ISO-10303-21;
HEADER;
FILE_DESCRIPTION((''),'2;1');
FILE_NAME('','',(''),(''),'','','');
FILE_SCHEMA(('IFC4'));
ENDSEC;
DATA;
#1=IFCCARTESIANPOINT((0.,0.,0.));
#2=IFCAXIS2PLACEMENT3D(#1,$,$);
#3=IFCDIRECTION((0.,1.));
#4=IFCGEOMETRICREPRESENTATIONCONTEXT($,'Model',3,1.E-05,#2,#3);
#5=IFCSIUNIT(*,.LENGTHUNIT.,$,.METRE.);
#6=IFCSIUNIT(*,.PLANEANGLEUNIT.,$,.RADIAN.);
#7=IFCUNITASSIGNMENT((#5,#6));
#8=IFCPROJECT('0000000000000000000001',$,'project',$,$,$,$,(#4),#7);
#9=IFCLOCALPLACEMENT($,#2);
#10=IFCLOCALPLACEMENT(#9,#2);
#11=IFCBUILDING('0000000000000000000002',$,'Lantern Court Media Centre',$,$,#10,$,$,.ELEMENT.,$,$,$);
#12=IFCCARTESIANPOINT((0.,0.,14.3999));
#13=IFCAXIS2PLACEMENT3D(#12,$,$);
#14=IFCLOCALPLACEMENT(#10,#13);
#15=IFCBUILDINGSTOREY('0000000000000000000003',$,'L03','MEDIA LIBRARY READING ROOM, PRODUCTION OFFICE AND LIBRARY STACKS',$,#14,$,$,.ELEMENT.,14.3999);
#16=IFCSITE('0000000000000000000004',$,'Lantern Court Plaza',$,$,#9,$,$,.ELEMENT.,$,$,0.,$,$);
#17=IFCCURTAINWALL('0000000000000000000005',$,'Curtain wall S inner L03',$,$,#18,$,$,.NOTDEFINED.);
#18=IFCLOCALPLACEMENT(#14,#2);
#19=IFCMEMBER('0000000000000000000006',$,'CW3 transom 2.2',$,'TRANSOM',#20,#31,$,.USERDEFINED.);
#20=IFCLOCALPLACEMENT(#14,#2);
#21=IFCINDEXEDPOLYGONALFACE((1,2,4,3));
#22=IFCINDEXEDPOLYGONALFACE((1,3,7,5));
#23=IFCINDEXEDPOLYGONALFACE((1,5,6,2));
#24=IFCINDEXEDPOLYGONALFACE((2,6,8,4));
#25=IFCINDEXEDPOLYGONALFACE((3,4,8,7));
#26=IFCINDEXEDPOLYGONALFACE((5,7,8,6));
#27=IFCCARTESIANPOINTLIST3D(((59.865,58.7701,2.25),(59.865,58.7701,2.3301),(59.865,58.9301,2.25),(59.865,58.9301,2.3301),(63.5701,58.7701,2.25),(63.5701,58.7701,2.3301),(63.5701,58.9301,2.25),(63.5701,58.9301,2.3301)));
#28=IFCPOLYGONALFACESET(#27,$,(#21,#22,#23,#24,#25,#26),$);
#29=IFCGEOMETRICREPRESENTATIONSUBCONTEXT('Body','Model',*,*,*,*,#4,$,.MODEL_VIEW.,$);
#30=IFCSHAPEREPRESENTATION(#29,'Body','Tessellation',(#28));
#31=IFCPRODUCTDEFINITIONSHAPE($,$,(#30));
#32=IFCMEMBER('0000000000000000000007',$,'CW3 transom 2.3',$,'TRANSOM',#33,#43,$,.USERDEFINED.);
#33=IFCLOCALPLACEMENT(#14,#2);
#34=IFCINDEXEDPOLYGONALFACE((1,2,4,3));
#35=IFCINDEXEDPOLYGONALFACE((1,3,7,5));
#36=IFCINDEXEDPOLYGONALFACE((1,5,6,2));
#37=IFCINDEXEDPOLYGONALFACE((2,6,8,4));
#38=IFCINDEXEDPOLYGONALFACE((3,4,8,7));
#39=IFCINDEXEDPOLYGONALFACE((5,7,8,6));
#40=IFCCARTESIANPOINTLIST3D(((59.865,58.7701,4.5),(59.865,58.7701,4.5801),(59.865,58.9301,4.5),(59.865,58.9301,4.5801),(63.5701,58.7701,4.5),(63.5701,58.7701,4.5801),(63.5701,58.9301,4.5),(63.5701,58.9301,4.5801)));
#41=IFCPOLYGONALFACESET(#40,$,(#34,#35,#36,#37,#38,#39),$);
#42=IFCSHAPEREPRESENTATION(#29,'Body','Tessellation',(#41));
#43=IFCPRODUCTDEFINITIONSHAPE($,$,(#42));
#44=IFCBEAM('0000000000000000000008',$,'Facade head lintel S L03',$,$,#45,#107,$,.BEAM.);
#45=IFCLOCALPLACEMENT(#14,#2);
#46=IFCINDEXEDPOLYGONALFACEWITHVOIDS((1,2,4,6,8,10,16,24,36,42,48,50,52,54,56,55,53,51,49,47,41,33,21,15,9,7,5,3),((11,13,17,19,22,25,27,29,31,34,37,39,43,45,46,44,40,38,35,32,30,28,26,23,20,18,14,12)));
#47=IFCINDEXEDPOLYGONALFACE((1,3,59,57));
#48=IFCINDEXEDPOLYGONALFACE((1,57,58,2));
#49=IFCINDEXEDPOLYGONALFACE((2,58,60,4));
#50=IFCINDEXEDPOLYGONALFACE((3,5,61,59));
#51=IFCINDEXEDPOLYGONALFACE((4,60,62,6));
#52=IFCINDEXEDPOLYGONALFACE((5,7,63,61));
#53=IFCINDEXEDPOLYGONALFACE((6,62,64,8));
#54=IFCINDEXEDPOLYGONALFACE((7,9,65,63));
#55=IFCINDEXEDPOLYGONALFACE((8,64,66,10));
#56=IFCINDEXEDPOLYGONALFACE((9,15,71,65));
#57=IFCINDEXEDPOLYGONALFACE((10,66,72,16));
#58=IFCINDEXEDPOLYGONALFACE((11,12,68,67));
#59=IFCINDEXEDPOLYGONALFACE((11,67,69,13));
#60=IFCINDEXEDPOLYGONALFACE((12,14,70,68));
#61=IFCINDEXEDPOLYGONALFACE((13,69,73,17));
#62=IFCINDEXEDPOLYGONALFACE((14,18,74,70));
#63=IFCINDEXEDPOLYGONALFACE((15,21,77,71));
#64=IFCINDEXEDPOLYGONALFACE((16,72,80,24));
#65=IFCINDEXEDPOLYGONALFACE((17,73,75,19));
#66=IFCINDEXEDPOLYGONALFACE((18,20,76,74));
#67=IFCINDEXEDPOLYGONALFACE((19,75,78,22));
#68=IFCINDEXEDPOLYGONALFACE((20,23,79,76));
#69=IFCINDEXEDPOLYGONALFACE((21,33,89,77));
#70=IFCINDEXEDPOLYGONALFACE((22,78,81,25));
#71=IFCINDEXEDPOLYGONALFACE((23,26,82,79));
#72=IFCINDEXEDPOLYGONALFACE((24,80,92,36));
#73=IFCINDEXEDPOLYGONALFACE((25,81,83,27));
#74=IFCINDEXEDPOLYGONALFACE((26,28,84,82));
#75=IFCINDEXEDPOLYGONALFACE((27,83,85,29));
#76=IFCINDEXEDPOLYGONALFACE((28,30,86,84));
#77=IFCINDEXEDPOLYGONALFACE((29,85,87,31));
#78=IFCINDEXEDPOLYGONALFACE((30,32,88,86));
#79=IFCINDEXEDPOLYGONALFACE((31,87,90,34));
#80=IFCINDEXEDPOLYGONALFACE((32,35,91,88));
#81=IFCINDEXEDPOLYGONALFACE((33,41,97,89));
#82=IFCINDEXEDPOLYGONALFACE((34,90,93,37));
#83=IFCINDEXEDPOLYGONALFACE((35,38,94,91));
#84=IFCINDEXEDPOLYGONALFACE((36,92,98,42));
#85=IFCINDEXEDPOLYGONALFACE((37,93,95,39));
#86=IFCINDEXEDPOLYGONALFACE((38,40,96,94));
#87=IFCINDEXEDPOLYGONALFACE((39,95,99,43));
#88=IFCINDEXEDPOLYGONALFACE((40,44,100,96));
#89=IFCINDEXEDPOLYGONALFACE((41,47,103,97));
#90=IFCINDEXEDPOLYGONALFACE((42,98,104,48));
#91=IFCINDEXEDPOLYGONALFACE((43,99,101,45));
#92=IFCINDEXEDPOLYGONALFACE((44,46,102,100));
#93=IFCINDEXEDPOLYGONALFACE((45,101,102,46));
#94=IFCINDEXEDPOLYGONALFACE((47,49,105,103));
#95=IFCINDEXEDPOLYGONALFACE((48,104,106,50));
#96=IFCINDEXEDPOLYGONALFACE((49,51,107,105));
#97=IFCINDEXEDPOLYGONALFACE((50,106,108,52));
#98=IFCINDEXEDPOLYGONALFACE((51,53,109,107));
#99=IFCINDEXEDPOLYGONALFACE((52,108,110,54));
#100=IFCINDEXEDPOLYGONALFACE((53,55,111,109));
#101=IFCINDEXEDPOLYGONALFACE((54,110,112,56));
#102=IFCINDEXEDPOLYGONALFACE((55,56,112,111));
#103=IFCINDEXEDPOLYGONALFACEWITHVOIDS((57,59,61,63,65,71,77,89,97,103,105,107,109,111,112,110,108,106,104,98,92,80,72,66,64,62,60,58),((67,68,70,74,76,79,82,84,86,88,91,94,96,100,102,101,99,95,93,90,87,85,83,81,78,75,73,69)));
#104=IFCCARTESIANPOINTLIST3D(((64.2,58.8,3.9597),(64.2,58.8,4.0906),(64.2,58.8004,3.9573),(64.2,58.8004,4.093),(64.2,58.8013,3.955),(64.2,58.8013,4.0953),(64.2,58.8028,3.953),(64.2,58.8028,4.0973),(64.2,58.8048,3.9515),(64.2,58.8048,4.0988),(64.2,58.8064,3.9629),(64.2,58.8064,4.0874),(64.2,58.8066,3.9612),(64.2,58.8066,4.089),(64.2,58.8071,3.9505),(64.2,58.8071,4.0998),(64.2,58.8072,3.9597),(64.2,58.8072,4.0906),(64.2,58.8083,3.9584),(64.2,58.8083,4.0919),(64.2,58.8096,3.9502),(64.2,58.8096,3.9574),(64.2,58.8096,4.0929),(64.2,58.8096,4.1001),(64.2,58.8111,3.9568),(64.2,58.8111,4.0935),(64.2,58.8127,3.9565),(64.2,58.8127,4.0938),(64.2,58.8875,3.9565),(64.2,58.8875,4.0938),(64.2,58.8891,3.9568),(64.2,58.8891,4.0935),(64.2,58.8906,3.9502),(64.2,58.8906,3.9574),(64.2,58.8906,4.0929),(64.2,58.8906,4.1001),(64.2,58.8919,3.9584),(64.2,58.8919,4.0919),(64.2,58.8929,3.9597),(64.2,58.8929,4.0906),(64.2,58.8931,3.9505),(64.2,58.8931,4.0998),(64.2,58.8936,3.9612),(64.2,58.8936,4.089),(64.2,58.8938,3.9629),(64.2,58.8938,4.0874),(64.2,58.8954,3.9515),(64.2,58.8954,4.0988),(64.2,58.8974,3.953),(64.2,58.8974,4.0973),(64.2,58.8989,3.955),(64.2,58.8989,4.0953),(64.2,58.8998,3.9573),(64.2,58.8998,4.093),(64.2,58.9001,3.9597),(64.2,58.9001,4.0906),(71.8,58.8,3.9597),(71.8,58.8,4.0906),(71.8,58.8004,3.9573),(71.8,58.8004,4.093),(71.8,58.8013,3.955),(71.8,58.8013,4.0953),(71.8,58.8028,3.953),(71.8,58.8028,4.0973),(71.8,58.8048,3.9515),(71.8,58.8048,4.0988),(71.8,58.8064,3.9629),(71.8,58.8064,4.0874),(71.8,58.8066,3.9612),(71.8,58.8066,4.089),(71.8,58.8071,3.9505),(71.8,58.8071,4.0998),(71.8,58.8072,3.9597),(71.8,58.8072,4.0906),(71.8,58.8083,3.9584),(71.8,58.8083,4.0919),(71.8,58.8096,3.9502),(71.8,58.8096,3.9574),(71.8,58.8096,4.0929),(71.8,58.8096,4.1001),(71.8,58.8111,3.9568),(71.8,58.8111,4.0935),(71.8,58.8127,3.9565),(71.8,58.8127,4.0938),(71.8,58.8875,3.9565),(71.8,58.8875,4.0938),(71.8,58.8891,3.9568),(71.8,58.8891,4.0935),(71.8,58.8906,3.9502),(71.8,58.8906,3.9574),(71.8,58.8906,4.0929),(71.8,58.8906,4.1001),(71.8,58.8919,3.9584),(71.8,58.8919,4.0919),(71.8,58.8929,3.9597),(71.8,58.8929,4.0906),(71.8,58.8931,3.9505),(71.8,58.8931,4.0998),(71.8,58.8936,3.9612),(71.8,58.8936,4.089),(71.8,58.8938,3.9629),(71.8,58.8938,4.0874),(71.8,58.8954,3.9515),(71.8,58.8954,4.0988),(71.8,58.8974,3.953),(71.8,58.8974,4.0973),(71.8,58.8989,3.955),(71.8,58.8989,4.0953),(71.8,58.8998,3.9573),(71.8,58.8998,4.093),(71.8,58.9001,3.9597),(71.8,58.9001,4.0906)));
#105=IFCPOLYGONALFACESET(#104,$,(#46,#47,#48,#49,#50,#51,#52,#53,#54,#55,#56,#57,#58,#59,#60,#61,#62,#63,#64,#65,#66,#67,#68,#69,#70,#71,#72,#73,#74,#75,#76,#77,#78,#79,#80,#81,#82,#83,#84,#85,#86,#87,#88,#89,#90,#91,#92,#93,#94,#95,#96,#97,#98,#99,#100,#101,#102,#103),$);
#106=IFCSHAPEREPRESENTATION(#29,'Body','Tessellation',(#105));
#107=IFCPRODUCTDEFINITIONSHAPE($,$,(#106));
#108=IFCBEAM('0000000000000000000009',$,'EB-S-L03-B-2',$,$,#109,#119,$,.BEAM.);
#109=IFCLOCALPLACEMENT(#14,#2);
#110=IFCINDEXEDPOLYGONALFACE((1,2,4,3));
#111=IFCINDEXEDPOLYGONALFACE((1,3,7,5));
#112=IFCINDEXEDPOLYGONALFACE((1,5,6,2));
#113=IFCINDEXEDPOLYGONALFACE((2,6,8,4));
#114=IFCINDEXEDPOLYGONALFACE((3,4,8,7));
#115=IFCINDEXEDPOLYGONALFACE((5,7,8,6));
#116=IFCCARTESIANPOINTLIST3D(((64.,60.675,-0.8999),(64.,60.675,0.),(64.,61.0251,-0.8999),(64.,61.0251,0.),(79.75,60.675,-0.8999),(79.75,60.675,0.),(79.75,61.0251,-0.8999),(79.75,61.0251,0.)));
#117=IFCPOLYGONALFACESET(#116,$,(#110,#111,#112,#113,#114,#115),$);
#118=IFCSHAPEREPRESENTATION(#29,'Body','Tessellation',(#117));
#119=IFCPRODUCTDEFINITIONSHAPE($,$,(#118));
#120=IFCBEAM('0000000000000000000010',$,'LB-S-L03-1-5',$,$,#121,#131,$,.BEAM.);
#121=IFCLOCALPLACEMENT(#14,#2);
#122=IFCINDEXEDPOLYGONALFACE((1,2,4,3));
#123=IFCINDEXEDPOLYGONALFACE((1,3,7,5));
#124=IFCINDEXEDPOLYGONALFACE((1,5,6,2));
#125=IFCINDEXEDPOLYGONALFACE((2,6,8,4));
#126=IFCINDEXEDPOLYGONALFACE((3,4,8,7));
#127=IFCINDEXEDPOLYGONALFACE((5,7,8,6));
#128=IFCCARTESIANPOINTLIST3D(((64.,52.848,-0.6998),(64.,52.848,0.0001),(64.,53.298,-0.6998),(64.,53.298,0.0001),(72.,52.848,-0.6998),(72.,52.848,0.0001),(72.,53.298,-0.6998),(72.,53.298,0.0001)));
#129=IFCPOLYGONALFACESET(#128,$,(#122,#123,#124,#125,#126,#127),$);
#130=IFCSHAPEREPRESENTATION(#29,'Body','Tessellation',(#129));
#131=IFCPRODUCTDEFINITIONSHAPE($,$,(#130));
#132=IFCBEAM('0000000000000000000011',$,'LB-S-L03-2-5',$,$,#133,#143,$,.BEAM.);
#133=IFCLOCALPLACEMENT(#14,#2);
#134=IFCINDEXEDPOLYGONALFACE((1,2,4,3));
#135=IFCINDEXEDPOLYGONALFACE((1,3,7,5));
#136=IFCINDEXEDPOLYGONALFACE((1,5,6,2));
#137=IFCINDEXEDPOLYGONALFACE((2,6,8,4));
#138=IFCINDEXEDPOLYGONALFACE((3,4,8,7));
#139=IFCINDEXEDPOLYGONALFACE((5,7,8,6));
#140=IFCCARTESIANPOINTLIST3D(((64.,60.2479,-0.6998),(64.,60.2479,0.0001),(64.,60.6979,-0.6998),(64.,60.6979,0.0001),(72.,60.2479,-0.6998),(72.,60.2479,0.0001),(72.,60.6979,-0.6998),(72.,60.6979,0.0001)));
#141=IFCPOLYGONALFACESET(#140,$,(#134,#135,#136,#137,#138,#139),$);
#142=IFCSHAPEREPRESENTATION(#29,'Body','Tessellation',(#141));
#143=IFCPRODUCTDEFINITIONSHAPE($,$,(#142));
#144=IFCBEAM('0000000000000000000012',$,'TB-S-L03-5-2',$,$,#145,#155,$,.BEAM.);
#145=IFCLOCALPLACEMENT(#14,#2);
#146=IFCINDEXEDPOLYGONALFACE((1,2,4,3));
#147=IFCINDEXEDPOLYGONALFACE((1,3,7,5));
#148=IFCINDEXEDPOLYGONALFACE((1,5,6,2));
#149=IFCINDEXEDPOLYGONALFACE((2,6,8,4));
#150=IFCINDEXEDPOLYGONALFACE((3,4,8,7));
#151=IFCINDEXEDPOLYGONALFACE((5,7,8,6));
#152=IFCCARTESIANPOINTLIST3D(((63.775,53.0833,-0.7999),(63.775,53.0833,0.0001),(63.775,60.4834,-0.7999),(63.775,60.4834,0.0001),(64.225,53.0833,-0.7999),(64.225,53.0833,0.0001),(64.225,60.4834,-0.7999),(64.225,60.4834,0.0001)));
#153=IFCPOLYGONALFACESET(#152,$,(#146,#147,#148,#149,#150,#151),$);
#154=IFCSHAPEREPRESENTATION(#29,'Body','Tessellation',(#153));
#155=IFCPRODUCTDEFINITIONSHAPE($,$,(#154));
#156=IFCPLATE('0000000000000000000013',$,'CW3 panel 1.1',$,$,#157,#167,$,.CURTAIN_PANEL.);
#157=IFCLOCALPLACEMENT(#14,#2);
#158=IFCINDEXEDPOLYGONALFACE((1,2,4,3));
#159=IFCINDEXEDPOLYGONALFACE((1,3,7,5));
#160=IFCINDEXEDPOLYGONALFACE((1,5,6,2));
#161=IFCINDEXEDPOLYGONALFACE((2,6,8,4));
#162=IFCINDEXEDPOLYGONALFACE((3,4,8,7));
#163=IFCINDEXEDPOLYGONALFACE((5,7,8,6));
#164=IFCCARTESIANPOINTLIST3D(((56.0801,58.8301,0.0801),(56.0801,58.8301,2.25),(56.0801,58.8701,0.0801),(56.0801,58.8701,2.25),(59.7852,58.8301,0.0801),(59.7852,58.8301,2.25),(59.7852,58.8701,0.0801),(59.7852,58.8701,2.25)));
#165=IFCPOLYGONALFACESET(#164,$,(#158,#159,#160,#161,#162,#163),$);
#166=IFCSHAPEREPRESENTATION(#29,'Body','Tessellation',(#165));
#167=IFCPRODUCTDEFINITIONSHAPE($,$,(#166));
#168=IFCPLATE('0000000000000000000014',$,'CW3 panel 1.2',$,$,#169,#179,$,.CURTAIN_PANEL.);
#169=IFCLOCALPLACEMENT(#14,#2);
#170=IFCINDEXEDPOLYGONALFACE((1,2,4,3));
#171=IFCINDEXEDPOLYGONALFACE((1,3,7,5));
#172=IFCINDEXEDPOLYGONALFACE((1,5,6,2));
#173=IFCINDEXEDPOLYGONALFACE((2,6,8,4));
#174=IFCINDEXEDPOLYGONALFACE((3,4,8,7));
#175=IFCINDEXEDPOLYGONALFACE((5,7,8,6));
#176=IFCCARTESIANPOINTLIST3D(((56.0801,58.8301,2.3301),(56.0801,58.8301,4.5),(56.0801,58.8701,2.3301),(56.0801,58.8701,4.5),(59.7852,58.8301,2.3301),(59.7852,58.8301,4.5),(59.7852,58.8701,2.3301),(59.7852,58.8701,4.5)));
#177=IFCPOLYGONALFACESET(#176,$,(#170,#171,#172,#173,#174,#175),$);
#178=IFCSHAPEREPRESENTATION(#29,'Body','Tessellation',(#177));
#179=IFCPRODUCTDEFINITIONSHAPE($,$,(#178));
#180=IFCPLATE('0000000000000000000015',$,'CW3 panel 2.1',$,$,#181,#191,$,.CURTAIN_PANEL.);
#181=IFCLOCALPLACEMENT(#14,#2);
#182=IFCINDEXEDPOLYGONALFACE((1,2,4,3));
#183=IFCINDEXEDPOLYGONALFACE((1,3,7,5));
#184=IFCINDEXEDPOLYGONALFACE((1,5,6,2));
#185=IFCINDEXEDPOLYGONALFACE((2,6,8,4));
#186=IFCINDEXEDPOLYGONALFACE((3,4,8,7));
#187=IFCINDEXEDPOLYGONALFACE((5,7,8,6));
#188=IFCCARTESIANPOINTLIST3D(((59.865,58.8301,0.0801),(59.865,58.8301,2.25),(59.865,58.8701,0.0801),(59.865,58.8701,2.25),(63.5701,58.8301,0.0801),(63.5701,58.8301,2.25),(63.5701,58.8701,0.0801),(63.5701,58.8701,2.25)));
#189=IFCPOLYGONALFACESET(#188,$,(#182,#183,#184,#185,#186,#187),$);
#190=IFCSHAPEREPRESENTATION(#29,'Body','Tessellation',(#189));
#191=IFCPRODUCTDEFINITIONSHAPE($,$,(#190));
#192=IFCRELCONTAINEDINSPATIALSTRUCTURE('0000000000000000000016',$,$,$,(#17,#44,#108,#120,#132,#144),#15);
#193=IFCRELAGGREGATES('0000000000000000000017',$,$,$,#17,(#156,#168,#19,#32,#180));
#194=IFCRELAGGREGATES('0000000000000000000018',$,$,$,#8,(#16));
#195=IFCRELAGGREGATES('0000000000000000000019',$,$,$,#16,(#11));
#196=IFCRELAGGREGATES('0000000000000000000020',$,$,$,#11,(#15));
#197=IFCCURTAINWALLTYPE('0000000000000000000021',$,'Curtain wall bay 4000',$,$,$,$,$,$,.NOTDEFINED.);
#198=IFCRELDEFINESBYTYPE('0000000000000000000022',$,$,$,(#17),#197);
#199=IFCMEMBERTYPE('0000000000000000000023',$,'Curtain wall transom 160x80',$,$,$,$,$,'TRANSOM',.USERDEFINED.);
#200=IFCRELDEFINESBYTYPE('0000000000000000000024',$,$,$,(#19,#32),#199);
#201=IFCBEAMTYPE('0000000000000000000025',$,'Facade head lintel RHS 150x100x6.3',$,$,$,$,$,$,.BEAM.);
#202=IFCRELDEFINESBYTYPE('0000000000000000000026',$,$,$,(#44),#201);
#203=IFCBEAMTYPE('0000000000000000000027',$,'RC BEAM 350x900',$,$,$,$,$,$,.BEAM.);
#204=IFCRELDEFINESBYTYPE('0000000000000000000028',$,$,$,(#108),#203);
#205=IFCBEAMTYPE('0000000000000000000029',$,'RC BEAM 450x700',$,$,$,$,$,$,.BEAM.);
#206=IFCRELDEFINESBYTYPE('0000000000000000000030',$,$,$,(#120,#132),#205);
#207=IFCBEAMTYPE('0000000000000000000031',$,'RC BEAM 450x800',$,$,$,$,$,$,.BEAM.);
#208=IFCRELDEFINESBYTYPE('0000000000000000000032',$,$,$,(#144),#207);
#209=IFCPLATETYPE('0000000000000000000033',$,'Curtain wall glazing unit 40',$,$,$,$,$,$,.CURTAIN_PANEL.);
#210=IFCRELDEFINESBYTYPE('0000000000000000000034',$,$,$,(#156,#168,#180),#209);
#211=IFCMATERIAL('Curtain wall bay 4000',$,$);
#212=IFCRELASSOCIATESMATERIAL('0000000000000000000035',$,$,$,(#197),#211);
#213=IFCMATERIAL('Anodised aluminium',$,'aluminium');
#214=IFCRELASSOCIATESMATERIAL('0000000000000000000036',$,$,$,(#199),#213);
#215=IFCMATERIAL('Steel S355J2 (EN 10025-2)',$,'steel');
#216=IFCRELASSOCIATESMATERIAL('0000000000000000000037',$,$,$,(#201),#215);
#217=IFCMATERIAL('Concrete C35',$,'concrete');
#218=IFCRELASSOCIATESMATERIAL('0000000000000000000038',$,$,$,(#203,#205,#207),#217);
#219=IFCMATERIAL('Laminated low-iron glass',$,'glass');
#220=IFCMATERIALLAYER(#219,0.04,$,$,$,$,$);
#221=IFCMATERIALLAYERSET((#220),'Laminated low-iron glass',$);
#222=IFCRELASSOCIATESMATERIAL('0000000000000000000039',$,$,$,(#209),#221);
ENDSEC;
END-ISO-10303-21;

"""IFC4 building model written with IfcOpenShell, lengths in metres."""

from ifc_helpers import new_model, si_unit, direction, frame, origin, origin_2d, place, context, subcontext, project, spatial, rectangle, hollow_rectangle, extrude, material, layer, layer_set, material_profile, profile_set, type_object, element, aggregate, save


model = new_model("IFC4")

# Units and contexts
model_context = context("Model", 3, precision=1e-05, world=origin(), true_north=direction((0.0, 1.0)))
body_context = subcontext(model_context, "Body", "Model", "MODEL_VIEW")
ifc_project = project(units=[si_unit("LENGTHUNIT", "METRE"), si_unit("PLANEANGLEUNIT", "RADIAN")], contexts=[model_context])

# Site, building, storey
site_placement = place(None, origin())
site = spatial("IfcSite", under=ifc_project, at=site_placement, Name="Lantern Court Plaza", CompositionType="ELEMENT", RefElevation=0.0)
building_placement = place(site_placement, origin())
building = spatial("IfcBuilding", under=site, at=building_placement, Name="Lantern Court Media Centre", CompositionType="ELEMENT")
storey_placement = place(building_placement, frame((0.0, 0.0, 14.3999)))
storey = spatial("IfcBuildingStorey", under=building, at=storey_placement, Name="L03", Description="MEDIA LIBRARY READING ROOM, PRODUCTION OFFICE AND LIBRARY STACKS", CompositionType="ELEMENT", Elevation=14.3999)

# Shared definitions
ifc_material_1 = material(Name="Concrete C35", Category="concrete")

# Shared definitions
ifc_material_2 = material(Name="Anodised aluminium", Category="aluminium")

# Curtain wall
ifc_material_3 = material(Name="Curtain wall bay 4000")
curtain_wall_type_1 = type_object("IfcCurtainWallType", Name="Curtain wall bay 4000", PredefinedType="NOTDEFINED", material=ifc_material_3)
curtain_wall_1_placement = place(storey_placement, origin())
curtain_wall_1 = element("IfcCurtainWall", 1, at=curtain_wall_1_placement, inside=storey, type_object=curtain_wall_type_1, Name="Curtain wall S inner L03", PredefinedType="NOTDEFINED")

# Members
ifc_material_profile_1 = material_profile(ifc_material_2, rectangle(XDim=0.1599, YDim=0.0801, at=origin_2d()), Name="AL 80x160")
ifc_profile_set_1 = profile_set([ifc_material_profile_1], Name="Anodised aluminium")
member_type_1 = type_object("IfcMemberType", Name="Curtain wall transom 160x80", ElementType="TRANSOM", PredefinedType="USERDEFINED", material=ifc_profile_set_1)
member_1_placement = place(storey_placement, frame((59.865, 58.8501, 2.29), z_axis=(1.0, 0.0, 0.0), x_axis=(0.0, 1.0, 0.0)))
member_1 = element("IfcMember", 2, at=member_1_placement, type_object=member_type_1, Name="CW3 transom 2.2", ObjectType="TRANSOM", PredefinedType="USERDEFINED", context=body_context, shape_type="SweptSolid", body=[
    extrude(rectangle(XDim=0.1599, YDim=0.0801, at=origin_2d()), origin(), (0.0, 0.0, 1.0), 3.7051),
])
member_2_placement = place(storey_placement, frame((59.865, 58.8501, 4.54), z_axis=(1.0, 0.0, 0.0), x_axis=(0.0, 1.0, 0.0)))
member_2 = element("IfcMember", 3, at=member_2_placement, type_object=member_type_1, Name="CW3 transom 2.3", ObjectType="TRANSOM", PredefinedType="USERDEFINED", context=body_context, shape_type="SweptSolid", body=[
    extrude(rectangle(XDim=0.1599, YDim=0.0801, at=origin_2d()), origin(), (0.0, 0.0, 1.0), 3.7051),
])

# Beams
ifc_material_4 = material(Name="Steel S355J2 (EN 10025-2)", Category="steel")
ifc_material_profile_2 = material_profile(ifc_material_4, hollow_rectangle(XDim=0.1001, YDim=0.1499, WallThickness=0.0063, InnerFilletRadius=0.0063, OuterFilletRadius=0.0095, at=origin_2d()), Name="Facade head lintel RHS 150x100x6.3")
ifc_profile_set_2 = profile_set([ifc_material_profile_2], Name="Steel S355J2 (EN 10025-2)")
beam_type_1 = type_object("IfcBeamType", Name="Facade head lintel RHS 150x100x6.3", PredefinedType="BEAM", material=ifc_profile_set_2)
beam_1_placement = place(storey_placement, frame((64.2, 58.8501, 4.0251), z_axis=(1.0, 0.0, 0.0), x_axis=(0.0, 1.0, 0.0)))
element("IfcBeam", 4, at=beam_1_placement, inside=storey, type_object=beam_type_1, Name="Facade head lintel S L03", PredefinedType="BEAM", context=body_context, shape_type="SweptSolid", body=[
    extrude(hollow_rectangle(XDim=0.1001, YDim=0.1499, WallThickness=0.0063, InnerFilletRadius=0.0063, OuterFilletRadius=0.0095, at=origin_2d()), origin(), (0.0, 0.0, 1.0), 7.6001),
])
ifc_material_profile_3 = material_profile(ifc_material_1, rectangle(XDim=0.3501, YDim=0.8999, at=origin_2d()), Name="RC 350x900")
ifc_profile_set_3 = profile_set([ifc_material_profile_3], Name="Concrete C35")
beam_type_2 = type_object("IfcBeamType", Name="RC BEAM 350x900", PredefinedType="BEAM", material=ifc_profile_set_3)
beam_2_placement = place(storey_placement, frame((64.0, 60.8501, -0.45), z_axis=(1.0, 0.0, 0.0), x_axis=(0.0, 1.0, 0.0)))
element("IfcBeam", 5, at=beam_2_placement, inside=storey, type_object=beam_type_2, Name="EB-S-L03-B-2", PredefinedType="BEAM", context=body_context, shape_type="SweptSolid", body=[
    extrude(rectangle(XDim=0.3501, YDim=0.8999, at=origin_2d()), origin(), (0.0, 0.0, 1.0), 15.75),
])
ifc_material_profile_4 = material_profile(ifc_material_1, rectangle(XDim=0.45, YDim=0.7, at=origin_2d()), Name="RC 450x700")
ifc_profile_set_4 = profile_set([ifc_material_profile_4], Name="Concrete C35")
beam_type_3 = type_object("IfcBeamType", Name="RC BEAM 450x700", PredefinedType="BEAM", material=ifc_profile_set_4)
for number, where, z_axis, x_axis, name in (
    (6, (64.0, 53.073, -0.3499), (1.0, 0.0, 0.0), (0.0, 1.0, 0.0), "LB-S-L03-1-5"),
    (7, (64.0, 60.4729, -0.3499), (1.0, 0.0, 0.0), (0.0, 1.0, 0.0), "LB-S-L03-2-5"),
):
    element("IfcBeam", number, at=place(storey_placement, frame(where, z_axis=z_axis, x_axis=x_axis)), inside=storey, type_object=beam_type_3, Name=name, PredefinedType="BEAM", context=body_context, shape_type="SweptSolid", body=[
        extrude(rectangle(XDim=0.45, YDim=0.7, at=origin_2d()), origin(), (0.0, 0.0, 1.0), 8.0),
    ])
ifc_material_profile_5 = material_profile(ifc_material_1, rectangle(XDim=0.45, YDim=0.8, at=origin_2d()), Name="RC 450x800")
ifc_profile_set_5 = profile_set([ifc_material_profile_5], Name="Concrete C35")
beam_type_4 = type_object("IfcBeamType", Name="RC BEAM 450x800", PredefinedType="BEAM", material=ifc_profile_set_5)
beam_3_placement = place(storey_placement, frame((64.0, 53.0833, -0.3999), z_axis=(0.0, 1.0, 0.0), x_axis=(-1.0, 0.0, 0.0)))
element("IfcBeam", 8, at=beam_3_placement, inside=storey, type_object=beam_type_4, Name="TB-S-L03-5-2", PredefinedType="BEAM", context=body_context, shape_type="SweptSolid", body=[
    extrude(rectangle(XDim=0.45, YDim=0.8, at=origin_2d()), origin(), (0.0, 0.0, 1.0), 7.4001),
])

# Plates
ifc_material_5 = material(Name="Laminated low-iron glass", Category="glass")
ifc_layer_1 = layer(ifc_material_5, 0.04)
ifc_layer_set_1 = layer_set([ifc_layer_1], Name="Laminated low-iron glass")
plate_type = type_object("IfcPlateType", Name="Curtain wall glazing unit 40", PredefinedType="CURTAIN_PANEL", material=ifc_layer_set_1)
plate_1_placement = place(storey_placement, frame((57.9326, 58.8501, 0.0801), z_axis=(0.0, 0.0, 1.0), x_axis=(1.0, 0.0, 0.0)))
plate_1 = element("IfcPlate", 9, at=plate_1_placement, type_object=plate_type, Name="CW3 panel 1.1", PredefinedType="CURTAIN_PANEL", context=body_context, shape_type="SweptSolid", body=[
    extrude(rectangle(XDim=3.7051, YDim=0.04, at=origin_2d()), origin(), (0.0, 0.0, 1.0), 2.1699),
])
plate_2_placement = place(storey_placement, frame((57.9326, 58.8501, 2.3301), z_axis=(0.0, 0.0, 1.0), x_axis=(1.0, 0.0, 0.0)))
plate_2 = element("IfcPlate", 10, at=plate_2_placement, type_object=plate_type, Name="CW3 panel 1.2", PredefinedType="CURTAIN_PANEL", context=body_context, shape_type="SweptSolid", body=[
    extrude(rectangle(XDim=3.7051, YDim=0.04, at=origin_2d()), origin(), (0.0, 0.0, 1.0), 2.1699),
])
plate_3_placement = place(storey_placement, frame((61.7175, 58.8501, 0.0801), z_axis=(0.0, 0.0, 1.0), x_axis=(1.0, 0.0, 0.0)))
plate_3 = element("IfcPlate", 11, at=plate_3_placement, type_object=plate_type, Name="CW3 panel 2.1", PredefinedType="CURTAIN_PANEL", context=body_context, shape_type="SweptSolid", body=[
    extrude(rectangle(XDim=3.7051, YDim=0.04, at=origin_2d()), origin(), (0.0, 0.0, 1.0), 2.1699),
])
aggregate(curtain_wall_1, [plate_1, plate_2, member_1, member_2, plate_3])

save(model, "model.ifc")
